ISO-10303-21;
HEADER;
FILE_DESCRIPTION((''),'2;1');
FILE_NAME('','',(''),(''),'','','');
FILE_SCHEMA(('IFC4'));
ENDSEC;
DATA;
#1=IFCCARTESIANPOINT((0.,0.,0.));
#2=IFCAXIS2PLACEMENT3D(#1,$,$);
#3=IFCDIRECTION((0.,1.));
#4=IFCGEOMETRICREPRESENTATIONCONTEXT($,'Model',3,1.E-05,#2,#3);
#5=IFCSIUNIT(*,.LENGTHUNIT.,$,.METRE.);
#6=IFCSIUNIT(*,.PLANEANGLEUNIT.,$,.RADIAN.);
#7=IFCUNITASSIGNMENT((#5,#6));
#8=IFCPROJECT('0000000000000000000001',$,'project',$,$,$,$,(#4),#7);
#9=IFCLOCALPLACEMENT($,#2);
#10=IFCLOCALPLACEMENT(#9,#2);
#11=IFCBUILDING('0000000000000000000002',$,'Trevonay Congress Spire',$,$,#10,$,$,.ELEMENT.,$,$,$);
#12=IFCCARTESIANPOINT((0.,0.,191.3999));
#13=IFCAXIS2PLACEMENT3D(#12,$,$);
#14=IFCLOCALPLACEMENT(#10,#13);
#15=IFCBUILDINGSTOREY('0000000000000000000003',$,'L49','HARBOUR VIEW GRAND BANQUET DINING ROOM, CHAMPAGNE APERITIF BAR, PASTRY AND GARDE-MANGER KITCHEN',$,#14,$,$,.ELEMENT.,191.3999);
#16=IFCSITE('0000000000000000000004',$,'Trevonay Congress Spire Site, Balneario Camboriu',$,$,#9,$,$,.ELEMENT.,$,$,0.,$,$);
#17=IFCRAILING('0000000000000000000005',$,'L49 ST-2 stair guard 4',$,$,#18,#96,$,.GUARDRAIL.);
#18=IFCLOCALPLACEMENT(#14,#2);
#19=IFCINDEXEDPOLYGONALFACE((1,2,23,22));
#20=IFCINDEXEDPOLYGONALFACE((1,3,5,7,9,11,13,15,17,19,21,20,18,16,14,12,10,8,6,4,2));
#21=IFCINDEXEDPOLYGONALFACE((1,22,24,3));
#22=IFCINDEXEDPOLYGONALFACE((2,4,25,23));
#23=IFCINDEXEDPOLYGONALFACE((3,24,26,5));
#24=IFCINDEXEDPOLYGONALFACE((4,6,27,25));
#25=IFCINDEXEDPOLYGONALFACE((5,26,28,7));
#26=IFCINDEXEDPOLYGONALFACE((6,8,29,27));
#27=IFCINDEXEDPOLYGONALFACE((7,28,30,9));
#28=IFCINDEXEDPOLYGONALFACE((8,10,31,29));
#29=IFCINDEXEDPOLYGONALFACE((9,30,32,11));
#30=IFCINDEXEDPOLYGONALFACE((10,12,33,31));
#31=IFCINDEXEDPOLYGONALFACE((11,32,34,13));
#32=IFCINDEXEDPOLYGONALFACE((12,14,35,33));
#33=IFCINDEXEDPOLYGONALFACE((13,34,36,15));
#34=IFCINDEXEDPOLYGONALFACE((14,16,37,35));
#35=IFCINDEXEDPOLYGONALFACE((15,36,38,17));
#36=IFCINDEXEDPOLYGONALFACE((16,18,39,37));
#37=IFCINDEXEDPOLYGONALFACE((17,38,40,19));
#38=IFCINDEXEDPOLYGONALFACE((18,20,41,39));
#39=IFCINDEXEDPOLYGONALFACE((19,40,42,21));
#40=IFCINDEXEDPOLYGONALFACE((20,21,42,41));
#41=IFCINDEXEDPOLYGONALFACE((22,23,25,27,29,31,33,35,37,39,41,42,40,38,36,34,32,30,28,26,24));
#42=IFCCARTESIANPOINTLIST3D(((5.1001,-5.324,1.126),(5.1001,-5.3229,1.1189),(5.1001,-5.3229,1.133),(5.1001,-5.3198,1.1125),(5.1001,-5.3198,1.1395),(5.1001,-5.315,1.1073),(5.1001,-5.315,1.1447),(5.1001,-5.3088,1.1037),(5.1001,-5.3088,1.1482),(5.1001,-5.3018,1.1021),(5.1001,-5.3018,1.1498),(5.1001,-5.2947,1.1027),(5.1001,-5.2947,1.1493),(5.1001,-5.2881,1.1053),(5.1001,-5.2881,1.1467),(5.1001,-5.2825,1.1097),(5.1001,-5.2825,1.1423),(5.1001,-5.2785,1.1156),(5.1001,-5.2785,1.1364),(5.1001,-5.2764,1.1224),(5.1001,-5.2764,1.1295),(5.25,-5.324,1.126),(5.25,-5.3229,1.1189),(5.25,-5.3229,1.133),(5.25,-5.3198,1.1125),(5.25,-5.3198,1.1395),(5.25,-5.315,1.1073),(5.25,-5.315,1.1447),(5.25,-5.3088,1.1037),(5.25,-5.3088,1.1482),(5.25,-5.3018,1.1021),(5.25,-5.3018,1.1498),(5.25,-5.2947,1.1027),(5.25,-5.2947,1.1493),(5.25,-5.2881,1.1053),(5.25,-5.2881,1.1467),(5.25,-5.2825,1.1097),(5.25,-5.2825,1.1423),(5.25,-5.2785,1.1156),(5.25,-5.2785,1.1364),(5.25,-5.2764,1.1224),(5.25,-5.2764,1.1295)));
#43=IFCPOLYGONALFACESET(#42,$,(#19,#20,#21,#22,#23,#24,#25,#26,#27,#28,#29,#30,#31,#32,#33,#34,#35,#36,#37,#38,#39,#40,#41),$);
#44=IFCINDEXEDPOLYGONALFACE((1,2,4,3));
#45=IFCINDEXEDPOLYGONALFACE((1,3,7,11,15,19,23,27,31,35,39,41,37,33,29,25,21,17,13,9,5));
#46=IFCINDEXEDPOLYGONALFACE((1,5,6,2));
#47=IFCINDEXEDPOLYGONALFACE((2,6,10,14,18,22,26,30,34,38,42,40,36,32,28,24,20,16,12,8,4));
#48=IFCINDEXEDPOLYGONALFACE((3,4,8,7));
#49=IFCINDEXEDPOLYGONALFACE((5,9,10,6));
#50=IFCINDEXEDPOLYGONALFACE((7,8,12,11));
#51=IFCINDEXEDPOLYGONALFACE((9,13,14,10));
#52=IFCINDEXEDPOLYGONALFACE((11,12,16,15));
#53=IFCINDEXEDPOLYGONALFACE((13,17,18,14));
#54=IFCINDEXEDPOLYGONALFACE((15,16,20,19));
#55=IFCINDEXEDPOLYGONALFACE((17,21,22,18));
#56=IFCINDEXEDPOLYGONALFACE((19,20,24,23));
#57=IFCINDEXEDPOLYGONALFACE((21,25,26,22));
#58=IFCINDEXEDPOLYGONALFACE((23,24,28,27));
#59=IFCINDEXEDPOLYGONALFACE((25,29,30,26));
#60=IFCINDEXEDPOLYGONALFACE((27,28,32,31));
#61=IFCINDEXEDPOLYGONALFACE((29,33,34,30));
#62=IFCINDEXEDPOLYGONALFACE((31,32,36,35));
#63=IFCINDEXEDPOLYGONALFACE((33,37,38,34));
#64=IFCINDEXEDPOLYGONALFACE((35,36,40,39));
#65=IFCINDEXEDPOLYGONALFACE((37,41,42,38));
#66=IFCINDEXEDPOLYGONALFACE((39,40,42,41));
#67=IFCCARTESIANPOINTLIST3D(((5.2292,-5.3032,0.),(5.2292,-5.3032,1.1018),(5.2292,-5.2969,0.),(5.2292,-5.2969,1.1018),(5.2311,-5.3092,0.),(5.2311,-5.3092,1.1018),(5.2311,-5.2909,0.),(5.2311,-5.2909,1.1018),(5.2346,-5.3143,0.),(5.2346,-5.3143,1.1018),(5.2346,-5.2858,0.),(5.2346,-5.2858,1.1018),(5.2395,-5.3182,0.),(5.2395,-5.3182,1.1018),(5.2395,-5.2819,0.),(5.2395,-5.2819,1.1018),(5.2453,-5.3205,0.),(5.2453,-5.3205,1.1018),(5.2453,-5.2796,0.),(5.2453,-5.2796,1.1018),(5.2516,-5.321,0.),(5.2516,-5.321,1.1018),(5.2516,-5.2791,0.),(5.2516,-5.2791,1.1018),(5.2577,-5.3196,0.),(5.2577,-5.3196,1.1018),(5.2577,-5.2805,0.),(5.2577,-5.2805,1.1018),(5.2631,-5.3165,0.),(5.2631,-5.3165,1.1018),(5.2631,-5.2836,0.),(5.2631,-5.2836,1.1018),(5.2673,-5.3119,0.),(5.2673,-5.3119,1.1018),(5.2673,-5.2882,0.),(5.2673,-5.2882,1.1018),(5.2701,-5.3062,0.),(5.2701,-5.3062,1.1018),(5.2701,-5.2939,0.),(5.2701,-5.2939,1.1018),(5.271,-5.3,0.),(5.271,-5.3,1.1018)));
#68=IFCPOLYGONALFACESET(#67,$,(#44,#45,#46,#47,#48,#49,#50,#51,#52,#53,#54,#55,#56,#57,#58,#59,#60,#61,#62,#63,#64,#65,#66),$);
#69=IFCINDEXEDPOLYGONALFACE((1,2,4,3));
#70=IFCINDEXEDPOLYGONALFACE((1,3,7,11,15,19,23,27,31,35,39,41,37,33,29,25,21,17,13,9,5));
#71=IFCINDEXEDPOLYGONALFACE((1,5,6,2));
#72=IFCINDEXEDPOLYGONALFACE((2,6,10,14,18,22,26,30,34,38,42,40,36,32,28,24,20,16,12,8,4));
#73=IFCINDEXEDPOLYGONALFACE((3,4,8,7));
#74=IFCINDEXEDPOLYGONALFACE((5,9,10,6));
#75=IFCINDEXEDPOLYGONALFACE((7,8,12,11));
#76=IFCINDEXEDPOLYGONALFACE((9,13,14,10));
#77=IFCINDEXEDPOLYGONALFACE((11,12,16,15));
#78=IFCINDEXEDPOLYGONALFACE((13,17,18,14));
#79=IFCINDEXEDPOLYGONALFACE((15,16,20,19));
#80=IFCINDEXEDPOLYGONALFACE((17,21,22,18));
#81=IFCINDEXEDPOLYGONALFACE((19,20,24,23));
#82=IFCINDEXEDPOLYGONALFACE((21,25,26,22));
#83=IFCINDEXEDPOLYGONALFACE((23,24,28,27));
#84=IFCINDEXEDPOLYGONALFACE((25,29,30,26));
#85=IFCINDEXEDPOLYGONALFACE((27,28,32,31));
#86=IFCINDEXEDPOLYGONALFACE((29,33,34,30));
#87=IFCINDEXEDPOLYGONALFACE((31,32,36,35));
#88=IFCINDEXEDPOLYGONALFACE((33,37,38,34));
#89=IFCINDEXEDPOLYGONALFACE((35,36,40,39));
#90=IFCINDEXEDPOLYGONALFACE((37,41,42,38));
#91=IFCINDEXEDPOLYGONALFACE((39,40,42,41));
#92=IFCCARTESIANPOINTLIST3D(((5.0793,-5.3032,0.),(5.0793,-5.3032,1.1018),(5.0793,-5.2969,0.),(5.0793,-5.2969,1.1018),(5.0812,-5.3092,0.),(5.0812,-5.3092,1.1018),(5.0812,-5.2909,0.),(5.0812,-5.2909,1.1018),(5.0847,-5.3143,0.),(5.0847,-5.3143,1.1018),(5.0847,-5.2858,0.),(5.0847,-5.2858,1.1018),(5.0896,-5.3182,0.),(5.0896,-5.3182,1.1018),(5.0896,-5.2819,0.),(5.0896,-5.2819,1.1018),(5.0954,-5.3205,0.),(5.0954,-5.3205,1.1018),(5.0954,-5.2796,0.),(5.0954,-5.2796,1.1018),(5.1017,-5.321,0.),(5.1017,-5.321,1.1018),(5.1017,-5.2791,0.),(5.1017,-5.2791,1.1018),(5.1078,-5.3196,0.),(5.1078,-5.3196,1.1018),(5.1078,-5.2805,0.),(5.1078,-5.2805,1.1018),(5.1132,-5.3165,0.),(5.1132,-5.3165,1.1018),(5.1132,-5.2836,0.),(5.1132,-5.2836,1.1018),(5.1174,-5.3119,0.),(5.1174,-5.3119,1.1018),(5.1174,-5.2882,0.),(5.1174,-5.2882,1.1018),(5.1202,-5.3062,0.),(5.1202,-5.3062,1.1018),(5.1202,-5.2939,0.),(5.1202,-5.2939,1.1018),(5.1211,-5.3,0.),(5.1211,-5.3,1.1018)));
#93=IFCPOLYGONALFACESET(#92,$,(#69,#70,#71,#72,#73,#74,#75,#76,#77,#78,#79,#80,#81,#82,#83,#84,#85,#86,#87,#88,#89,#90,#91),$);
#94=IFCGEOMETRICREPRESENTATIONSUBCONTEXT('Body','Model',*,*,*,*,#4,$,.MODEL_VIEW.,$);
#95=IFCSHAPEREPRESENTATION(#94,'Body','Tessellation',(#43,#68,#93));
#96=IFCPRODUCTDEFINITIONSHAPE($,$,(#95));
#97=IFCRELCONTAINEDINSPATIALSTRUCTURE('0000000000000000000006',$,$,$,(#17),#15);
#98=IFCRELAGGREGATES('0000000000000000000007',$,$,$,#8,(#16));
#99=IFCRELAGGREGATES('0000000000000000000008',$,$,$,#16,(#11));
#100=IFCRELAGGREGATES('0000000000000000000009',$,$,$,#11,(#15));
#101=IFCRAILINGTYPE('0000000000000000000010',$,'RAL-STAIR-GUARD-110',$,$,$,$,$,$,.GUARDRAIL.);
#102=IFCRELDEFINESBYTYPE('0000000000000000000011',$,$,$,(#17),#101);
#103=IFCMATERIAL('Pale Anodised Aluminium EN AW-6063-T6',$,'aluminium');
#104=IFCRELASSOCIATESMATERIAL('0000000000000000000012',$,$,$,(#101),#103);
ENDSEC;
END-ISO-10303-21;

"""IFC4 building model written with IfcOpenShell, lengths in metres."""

from ifc_helpers import new_model, si_unit, direction, frame, origin, origin_2d, place, context, subcontext, project, spatial, circle, extrude, material, type_object, element, save


model = new_model("IFC4")

# Units and contexts
model_context = context("Model", 3, precision=1e-05, world=origin(), true_north=direction((0.0, 1.0)))
body_context = subcontext(model_context, "Body", "Model", "MODEL_VIEW")
ifc_project = project(units=[si_unit("LENGTHUNIT", "METRE"), si_unit("PLANEANGLEUNIT", "RADIAN")], contexts=[model_context])

# Site, building, storey
site_placement = place(None, origin())
site = spatial("IfcSite", under=ifc_project, at=site_placement, Name="Trevonay Congress Spire Site, Balneario Camboriu", CompositionType="ELEMENT", RefElevation=0.0)
building_placement = place(site_placement, origin())
building = spatial("IfcBuilding", under=site, at=building_placement, Name="Trevonay Congress Spire", CompositionType="ELEMENT")
storey_placement = place(building_placement, frame((0.0, 0.0, 191.3999)))
storey = spatial("IfcBuildingStorey", under=building, at=storey_placement, Name="L49", Description="HARBOUR VIEW GRAND BANQUET DINING ROOM, CHAMPAGNE APERITIF BAR, PASTRY AND GARDE-MANGER KITCHEN", CompositionType="ELEMENT", Elevation=191.3999)

# Railing
ifc_material_1 = material(Name="Pale Anodised Aluminium EN AW-6063-T6", Category="aluminium")
railing_type_1 = type_object("IfcRailingType", Name="RAL-STAIR-GUARD-110", PredefinedType="GUARDRAIL", material=ifc_material_1)
railing_1_placement = place(storey_placement, frame((5.25, -5.3, 0.0)))
element("IfcRailing", 1, at=railing_1_placement, inside=storey, type_object=railing_type_1, Name="L49 ST-2 stair guard 4", PredefinedType="GUARDRAIL", context=body_context, shape_type="SweptSolid", body=[
    extrude(circle(Radius=0.0239, at=origin_2d()), frame((0.0, 0.0, 1.126), z_axis=(-1.0, 0.0, 0.0), x_axis=(0.0, -1.0, 0.0)), (0.0, 0.0, 1.0), 0.1499),
    extrude(circle(Radius=0.021, at=origin_2d()), origin(), (0.0, 0.0, 1.0), 1.1018),
    extrude(circle(Radius=0.021, at=origin_2d()), frame((-0.1499, 0.0, 0.0)), (0.0, 0.0, 1.0), 1.1018),
])

save(model, "model.ifc")
